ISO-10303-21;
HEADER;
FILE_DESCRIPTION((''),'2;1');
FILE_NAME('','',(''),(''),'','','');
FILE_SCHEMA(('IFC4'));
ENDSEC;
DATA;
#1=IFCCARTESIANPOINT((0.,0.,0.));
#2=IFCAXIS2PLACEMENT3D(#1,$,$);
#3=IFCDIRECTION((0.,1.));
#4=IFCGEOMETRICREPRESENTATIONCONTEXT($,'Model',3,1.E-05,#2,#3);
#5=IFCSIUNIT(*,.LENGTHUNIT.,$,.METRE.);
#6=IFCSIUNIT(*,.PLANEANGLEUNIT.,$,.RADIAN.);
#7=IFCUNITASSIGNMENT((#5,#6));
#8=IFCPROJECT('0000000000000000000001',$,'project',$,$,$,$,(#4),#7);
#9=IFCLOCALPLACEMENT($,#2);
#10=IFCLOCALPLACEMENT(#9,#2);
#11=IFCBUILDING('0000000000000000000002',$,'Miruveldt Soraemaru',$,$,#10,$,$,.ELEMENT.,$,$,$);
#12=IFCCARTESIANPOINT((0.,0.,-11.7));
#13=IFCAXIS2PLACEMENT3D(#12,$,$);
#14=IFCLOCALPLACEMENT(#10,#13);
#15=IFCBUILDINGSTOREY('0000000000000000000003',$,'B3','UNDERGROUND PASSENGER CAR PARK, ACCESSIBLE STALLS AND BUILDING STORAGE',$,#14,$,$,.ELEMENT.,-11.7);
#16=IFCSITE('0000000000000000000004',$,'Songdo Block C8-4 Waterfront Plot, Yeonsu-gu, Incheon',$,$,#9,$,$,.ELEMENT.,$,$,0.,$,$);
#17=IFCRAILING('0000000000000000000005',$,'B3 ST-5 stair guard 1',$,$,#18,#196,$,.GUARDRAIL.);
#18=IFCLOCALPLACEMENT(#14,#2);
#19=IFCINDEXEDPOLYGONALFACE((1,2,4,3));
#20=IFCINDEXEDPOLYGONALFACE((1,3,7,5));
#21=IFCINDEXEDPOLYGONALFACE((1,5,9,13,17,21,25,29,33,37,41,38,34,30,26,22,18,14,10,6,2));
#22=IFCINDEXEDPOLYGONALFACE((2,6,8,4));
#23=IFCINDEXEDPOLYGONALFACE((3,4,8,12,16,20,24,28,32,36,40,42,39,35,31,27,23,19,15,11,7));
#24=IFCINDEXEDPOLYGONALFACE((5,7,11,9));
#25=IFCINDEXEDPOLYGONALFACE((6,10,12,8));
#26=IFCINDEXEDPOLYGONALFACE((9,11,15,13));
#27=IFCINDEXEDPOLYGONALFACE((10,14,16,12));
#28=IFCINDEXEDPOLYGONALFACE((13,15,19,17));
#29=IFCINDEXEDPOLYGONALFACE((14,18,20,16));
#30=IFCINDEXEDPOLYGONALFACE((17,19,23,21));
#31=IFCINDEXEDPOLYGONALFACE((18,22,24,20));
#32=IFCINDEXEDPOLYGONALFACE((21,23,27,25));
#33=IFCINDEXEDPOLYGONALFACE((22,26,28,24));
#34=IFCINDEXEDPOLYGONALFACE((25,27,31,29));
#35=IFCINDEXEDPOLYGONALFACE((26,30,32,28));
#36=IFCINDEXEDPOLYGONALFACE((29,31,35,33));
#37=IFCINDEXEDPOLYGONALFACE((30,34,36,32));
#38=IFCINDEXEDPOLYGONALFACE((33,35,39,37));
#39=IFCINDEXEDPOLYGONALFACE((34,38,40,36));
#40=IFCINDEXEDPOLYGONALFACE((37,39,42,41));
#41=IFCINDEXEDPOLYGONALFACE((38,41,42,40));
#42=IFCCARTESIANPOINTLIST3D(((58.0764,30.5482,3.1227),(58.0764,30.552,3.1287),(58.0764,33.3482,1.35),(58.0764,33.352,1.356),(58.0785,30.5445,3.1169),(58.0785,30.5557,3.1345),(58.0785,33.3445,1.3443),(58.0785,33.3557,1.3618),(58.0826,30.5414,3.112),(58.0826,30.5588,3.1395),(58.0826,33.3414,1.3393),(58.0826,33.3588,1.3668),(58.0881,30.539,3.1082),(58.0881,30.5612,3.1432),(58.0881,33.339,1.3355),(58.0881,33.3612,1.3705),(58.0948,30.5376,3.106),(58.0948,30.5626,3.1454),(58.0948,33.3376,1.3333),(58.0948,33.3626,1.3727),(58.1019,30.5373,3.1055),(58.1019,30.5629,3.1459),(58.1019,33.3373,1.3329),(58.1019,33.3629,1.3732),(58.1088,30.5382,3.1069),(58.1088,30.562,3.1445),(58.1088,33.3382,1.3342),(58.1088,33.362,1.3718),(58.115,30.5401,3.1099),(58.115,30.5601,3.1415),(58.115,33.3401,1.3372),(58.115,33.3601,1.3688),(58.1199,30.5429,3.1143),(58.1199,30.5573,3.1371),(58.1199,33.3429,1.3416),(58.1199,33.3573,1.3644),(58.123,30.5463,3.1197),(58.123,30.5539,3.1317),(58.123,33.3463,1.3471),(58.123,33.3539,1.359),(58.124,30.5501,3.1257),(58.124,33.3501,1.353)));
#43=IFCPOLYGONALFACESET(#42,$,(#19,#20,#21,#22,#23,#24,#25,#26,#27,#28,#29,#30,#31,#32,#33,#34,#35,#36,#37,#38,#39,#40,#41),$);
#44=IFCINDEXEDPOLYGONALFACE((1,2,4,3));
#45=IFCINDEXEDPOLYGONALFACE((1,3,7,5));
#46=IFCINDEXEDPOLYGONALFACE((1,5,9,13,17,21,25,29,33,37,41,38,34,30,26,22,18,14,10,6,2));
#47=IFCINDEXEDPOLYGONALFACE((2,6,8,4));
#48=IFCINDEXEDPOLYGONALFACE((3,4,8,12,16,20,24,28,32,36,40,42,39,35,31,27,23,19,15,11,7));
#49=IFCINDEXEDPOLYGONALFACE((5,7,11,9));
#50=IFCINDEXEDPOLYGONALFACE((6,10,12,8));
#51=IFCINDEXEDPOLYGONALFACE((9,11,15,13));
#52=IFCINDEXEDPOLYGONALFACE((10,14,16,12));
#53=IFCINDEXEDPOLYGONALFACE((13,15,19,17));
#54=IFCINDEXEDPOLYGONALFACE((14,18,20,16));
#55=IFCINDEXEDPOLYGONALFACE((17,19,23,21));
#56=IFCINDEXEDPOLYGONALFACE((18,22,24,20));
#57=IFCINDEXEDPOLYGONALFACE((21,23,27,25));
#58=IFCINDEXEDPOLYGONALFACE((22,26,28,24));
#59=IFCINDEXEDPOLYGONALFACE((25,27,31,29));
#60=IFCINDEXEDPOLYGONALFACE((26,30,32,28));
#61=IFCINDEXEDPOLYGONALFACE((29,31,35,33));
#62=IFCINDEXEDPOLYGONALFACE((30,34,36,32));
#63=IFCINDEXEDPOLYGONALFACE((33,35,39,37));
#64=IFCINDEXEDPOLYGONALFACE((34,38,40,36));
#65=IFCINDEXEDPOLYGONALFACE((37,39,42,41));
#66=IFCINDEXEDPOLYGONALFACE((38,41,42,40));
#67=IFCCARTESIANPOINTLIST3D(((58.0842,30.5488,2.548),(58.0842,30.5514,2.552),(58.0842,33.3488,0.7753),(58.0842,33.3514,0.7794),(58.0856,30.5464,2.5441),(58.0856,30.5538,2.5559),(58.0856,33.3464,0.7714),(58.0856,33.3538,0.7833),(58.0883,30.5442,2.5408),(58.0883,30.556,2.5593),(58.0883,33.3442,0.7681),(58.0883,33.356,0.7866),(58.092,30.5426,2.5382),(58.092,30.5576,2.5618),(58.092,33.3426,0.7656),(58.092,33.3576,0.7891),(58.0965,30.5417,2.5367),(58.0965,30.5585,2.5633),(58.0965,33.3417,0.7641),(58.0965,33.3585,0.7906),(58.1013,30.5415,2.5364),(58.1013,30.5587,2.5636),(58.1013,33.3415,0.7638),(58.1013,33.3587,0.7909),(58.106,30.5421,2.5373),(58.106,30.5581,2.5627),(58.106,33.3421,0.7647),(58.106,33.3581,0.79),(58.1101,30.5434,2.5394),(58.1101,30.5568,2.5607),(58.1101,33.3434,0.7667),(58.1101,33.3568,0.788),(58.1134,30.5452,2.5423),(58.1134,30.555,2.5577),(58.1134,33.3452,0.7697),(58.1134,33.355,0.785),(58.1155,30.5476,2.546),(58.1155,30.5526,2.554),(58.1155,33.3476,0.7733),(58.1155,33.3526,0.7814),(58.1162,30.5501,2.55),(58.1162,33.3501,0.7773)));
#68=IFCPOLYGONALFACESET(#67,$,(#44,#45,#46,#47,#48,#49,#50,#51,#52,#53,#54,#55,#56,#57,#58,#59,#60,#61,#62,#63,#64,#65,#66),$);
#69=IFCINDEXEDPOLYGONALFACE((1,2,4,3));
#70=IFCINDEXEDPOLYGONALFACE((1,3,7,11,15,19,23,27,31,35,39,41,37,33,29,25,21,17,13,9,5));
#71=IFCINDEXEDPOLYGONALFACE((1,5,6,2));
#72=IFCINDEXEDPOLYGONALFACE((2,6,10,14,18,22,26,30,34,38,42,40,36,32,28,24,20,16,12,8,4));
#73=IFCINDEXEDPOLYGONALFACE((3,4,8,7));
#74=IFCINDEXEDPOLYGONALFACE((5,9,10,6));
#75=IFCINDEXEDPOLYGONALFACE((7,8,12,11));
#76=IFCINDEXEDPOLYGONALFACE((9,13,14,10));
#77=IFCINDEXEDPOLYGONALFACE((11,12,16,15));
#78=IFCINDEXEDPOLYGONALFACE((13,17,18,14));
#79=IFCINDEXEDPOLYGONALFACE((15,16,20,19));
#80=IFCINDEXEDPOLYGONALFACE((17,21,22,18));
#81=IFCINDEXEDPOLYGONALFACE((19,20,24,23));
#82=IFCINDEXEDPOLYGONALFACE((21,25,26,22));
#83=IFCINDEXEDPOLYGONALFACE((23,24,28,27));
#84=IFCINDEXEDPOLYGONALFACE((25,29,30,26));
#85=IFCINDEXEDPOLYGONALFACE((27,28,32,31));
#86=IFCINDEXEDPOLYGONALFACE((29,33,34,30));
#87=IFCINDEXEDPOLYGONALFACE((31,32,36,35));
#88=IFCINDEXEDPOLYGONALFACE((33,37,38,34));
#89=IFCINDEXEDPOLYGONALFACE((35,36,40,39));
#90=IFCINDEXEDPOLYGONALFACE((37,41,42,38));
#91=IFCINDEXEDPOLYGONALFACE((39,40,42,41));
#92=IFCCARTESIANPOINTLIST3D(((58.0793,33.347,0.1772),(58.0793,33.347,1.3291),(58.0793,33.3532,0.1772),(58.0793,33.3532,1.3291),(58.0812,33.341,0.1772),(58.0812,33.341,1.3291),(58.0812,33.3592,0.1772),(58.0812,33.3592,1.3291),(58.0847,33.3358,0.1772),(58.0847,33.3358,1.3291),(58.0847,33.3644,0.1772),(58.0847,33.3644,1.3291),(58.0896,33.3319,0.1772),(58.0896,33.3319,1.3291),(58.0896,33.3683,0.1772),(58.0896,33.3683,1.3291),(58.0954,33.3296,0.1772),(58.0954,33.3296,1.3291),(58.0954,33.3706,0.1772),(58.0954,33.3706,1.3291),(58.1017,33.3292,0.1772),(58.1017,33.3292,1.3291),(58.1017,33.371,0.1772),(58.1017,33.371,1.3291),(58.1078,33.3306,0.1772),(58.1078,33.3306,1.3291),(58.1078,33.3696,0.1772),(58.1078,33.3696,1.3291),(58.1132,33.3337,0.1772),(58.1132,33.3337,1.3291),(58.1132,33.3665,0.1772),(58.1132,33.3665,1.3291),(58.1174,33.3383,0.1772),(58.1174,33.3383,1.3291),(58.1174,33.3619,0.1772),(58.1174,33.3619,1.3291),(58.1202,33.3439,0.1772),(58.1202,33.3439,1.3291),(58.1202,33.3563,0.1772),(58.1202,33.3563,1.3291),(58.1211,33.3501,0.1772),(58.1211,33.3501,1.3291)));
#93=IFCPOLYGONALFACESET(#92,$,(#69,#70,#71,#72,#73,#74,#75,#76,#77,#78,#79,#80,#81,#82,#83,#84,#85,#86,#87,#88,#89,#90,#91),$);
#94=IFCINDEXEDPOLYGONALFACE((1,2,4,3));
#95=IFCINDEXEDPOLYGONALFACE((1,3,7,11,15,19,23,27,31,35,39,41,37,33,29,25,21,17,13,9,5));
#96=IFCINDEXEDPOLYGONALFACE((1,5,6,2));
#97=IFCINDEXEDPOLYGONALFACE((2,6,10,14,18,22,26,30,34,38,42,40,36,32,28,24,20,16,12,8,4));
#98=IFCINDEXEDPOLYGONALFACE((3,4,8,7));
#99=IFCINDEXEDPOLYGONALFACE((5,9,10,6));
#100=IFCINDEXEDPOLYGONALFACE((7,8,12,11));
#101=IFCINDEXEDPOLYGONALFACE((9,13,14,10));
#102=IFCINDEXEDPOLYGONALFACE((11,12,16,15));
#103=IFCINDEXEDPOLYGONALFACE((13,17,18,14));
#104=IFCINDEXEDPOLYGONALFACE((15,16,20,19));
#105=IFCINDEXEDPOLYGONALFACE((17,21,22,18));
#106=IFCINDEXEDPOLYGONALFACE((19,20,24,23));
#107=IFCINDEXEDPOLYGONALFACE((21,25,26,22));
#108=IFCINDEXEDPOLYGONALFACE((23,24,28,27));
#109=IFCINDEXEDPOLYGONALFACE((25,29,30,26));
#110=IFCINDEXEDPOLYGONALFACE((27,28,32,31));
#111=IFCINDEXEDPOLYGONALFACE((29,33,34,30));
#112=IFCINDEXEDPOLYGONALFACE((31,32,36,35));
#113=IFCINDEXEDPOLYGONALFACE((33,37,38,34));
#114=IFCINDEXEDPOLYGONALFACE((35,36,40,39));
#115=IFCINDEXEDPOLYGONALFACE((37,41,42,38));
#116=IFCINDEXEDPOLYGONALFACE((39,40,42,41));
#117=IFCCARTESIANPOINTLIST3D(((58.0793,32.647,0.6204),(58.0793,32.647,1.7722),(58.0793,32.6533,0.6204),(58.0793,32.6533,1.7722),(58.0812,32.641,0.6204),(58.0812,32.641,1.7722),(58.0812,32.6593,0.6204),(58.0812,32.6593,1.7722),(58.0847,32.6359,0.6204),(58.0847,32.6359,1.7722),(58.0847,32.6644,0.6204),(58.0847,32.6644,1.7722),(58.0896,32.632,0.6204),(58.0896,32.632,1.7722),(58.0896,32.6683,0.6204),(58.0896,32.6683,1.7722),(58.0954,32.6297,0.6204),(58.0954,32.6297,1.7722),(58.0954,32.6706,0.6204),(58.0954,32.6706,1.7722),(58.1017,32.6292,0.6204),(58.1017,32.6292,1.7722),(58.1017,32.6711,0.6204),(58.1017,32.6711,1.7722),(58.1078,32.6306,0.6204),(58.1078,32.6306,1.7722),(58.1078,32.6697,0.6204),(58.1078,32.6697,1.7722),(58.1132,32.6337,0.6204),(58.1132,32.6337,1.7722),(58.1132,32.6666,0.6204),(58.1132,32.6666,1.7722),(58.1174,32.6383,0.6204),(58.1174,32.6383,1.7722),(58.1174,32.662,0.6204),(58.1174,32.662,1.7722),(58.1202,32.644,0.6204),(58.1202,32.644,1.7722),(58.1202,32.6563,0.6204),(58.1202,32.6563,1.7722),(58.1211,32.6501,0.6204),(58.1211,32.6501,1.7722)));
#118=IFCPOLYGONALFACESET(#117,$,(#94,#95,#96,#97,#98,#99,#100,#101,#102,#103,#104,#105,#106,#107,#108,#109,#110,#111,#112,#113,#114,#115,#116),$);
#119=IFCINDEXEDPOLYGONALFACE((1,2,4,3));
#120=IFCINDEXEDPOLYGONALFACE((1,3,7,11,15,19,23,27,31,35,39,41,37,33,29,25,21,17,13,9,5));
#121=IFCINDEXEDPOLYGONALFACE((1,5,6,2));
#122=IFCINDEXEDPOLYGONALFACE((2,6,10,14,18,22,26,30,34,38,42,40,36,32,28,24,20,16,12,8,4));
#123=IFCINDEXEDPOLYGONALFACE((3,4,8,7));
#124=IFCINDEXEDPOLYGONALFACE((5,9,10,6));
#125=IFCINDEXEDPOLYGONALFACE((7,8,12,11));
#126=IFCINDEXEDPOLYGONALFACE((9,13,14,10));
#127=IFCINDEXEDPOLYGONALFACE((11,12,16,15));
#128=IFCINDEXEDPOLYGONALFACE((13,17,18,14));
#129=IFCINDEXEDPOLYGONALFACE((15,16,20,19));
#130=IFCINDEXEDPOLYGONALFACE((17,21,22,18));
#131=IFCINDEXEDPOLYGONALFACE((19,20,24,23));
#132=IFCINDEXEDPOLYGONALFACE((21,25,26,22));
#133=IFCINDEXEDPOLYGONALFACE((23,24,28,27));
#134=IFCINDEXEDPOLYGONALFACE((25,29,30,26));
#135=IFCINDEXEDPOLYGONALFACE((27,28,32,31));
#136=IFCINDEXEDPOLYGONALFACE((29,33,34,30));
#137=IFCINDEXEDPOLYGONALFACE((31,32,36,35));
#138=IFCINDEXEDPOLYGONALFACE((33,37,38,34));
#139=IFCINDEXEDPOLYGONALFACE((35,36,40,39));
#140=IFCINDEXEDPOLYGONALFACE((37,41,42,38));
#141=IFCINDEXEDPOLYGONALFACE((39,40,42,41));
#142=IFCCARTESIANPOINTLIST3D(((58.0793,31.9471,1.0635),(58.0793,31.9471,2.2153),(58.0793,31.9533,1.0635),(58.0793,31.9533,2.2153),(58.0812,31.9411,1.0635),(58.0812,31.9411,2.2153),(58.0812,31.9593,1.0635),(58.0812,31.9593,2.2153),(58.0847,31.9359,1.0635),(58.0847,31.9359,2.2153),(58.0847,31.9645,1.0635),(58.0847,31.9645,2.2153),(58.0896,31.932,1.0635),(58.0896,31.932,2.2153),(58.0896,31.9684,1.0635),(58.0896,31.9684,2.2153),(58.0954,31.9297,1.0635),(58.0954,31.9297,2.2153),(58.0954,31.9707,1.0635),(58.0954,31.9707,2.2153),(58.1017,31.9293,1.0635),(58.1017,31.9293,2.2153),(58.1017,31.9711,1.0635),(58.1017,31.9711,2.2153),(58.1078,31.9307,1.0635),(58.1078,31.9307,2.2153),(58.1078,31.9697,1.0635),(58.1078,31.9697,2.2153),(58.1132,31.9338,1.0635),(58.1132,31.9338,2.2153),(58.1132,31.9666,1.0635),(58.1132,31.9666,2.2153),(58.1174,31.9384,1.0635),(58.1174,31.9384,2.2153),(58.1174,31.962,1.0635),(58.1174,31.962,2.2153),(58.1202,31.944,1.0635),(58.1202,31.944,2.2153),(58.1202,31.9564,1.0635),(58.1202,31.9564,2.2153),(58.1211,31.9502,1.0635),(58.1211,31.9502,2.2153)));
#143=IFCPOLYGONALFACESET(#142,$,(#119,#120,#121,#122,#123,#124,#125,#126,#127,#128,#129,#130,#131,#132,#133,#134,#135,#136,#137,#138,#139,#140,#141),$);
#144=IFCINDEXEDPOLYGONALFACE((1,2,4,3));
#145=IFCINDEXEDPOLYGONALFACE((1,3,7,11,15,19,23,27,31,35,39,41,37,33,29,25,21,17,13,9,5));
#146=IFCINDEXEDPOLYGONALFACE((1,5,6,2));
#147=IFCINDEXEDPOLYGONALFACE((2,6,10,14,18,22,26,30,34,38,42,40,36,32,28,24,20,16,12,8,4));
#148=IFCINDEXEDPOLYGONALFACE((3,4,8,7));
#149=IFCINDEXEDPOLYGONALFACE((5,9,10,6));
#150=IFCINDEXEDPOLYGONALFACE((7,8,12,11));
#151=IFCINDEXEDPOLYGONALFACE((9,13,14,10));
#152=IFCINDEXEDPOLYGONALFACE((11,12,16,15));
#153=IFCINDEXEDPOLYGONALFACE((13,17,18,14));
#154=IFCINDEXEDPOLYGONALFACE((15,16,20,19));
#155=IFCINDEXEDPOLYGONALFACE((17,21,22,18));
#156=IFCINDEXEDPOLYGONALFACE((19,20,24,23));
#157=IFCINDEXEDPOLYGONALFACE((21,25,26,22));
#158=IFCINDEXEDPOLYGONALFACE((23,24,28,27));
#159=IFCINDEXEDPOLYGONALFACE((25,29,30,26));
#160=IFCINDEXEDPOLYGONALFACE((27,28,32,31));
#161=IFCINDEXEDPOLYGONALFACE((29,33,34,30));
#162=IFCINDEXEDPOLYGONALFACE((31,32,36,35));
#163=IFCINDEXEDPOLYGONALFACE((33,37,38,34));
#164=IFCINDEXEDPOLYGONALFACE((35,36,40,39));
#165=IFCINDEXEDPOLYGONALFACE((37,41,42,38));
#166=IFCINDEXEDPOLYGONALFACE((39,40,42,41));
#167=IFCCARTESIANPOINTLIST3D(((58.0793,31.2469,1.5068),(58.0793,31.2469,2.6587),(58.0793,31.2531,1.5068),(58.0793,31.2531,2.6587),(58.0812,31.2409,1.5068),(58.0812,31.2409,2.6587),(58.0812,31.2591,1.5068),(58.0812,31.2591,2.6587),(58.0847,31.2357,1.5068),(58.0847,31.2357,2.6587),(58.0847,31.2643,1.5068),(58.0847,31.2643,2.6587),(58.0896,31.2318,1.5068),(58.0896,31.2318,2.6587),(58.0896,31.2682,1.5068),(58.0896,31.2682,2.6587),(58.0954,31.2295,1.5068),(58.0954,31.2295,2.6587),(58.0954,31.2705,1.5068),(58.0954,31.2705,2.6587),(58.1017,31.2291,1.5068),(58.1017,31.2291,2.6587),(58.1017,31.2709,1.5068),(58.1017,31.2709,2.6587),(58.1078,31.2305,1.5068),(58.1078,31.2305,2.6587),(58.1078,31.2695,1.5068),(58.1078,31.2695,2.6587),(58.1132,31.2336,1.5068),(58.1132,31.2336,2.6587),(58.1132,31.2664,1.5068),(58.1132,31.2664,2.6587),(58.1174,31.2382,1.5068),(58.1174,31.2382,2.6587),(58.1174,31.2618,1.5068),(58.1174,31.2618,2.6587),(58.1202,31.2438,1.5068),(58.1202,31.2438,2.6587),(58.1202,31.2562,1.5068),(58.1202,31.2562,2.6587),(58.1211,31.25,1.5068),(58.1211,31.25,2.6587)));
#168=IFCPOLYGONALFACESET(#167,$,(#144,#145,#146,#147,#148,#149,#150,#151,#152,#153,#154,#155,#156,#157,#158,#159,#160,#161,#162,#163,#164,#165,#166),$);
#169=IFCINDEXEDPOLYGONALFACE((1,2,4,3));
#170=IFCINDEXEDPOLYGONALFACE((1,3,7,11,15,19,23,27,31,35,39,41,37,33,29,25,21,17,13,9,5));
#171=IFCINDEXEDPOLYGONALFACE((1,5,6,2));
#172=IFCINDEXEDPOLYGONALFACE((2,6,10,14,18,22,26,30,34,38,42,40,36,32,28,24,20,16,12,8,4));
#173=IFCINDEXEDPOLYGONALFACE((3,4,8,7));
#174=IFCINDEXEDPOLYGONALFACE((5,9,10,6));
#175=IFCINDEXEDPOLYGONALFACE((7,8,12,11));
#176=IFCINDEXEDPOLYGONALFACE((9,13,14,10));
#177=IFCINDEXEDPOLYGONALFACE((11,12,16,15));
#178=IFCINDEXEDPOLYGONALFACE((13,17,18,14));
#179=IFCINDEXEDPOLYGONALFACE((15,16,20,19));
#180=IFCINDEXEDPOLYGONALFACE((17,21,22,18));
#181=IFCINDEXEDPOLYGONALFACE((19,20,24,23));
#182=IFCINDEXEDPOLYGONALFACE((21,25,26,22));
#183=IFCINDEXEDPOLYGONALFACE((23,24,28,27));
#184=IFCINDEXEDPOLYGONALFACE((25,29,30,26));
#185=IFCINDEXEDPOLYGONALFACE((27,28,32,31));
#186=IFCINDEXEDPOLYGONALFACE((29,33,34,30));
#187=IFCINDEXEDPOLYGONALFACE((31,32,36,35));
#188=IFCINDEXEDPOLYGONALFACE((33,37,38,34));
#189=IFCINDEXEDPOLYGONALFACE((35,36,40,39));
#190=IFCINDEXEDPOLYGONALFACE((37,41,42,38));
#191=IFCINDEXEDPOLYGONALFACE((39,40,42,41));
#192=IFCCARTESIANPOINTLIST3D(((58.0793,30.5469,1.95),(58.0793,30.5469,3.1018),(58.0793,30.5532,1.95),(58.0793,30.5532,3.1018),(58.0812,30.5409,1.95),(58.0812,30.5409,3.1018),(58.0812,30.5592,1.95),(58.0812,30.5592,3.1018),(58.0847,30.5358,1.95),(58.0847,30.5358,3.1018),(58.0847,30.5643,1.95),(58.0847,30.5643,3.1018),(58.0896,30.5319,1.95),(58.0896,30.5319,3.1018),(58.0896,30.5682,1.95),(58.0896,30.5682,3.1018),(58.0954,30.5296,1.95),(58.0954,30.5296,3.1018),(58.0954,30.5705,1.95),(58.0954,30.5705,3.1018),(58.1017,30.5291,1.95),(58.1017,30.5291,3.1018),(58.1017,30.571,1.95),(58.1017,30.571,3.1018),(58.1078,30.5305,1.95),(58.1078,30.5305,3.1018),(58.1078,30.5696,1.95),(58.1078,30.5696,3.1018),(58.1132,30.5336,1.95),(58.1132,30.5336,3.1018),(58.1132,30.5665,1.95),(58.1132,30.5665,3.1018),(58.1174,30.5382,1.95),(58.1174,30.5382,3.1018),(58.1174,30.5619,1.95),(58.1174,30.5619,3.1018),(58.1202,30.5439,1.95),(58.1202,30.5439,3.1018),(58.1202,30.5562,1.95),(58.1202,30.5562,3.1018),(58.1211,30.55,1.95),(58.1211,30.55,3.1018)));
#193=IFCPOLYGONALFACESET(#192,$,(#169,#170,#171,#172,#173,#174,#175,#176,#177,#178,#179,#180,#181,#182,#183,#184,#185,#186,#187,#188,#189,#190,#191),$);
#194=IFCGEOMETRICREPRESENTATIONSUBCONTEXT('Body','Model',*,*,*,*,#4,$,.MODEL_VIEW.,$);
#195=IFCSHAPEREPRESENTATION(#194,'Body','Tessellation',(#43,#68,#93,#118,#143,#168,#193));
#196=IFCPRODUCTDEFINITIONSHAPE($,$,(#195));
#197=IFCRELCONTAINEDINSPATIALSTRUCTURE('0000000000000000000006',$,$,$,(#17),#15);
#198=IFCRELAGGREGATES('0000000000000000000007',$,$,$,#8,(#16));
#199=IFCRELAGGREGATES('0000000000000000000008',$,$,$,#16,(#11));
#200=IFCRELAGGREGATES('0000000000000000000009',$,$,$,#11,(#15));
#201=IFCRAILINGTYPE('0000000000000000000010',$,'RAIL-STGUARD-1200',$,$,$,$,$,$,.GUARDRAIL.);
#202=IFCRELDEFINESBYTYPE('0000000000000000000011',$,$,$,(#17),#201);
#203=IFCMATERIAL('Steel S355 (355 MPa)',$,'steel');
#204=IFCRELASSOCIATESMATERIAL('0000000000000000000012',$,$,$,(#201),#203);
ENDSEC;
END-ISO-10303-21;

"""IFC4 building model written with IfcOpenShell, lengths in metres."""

from ifc_helpers import new_model, si_unit, direction, frame, origin, origin_2d, place, context, subcontext, project, spatial, circle, extrude, material, type_object, element, save


model = new_model("IFC4")

# Units and contexts
model_context = context("Model", 3, precision=1e-05, world=origin(), true_north=direction((0.0, 1.0)))
body_context = subcontext(model_context, "Body", "Model", "MODEL_VIEW")
ifc_project = project(units=[si_unit("LENGTHUNIT", "METRE"), si_unit("PLANEANGLEUNIT", "RADIAN")], contexts=[model_context])

# Site, building, storey
site_placement = place(None, origin())
site = spatial("IfcSite", under=ifc_project, at=site_placement, Name="Songdo Block C8-4 Waterfront Plot, Yeonsu-gu, Incheon", CompositionType="ELEMENT", RefElevation=0.0)
building_placement = place(site_placement, origin())
building = spatial("IfcBuilding", under=site, at=building_placement, Name="Miruveldt Soraemaru", CompositionType="ELEMENT")
storey_placement = place(building_placement, frame((0.0, 0.0, -11.7)))
storey = spatial("IfcBuildingStorey", under=building, at=storey_placement, Name="B3", Description="UNDERGROUND PASSENGER CAR PARK, ACCESSIBLE STALLS AND BUILDING STORAGE", CompositionType="ELEMENT", Elevation=-11.7)

# Shared definitions
ifc_material_1 = material(Name="Steel S355 (355 MPa)", Category="steel")

# Railing
railing_type_1 = type_object("IfcRailingType", Name="RAIL-STGUARD-1200", PredefinedType="GUARDRAIL", material=ifc_material_1)
railing_1_placement = place(storey_placement, frame((58.1001, 33.3501, 0.1772)))
element("IfcRailing", 1, at=railing_1_placement, inside=storey, type_object=railing_type_1, Name="B3 ST-5 stair guard 1", PredefinedType="GUARDRAIL", context=body_context, shape_type="SweptSolid", body=[
    extrude(circle(Radius=0.0239, at=origin_2d()), frame((0.0, 0.0, 1.1758), z_axis=(0.0, -0.844909, 0.53491), x_axis=(1.0, 0.0, 0.0)), (0.0, 0.0, 1.0), 3.314),
    extrude(circle(Radius=0.0161, at=origin_2d()), frame((0.0, 0.0, 0.6001), z_axis=(0.0, -0.844909, 0.53491), x_axis=(1.0, 0.0, 0.0)), (0.0, 0.0, 1.0), 3.314),
    extrude(circle(Radius=0.021, at=origin_2d()), origin(), (0.0, 0.0, 1.0), 1.1519),
    extrude(circle(Radius=0.021, at=origin_2d()), frame((0.0, -0.7, 0.4431)), (0.0, 0.0, 1.0), 1.1519),
    extrude(circle(Radius=0.021, at=origin_2d()), frame((0.0, -1.3999, 0.8862)), (0.0, 0.0, 1.0), 1.1519),
    extrude(circle(Radius=0.021, at=origin_2d()), frame((0.0, -2.1001, 1.3296)), (0.0, 0.0, 1.0), 1.1519),
    extrude(circle(Radius=0.021, at=origin_2d()), frame((0.0, -2.8, 1.7727)), (0.0, 0.0, 1.0), 1.1519),
])

save(model, "model.ifc")
